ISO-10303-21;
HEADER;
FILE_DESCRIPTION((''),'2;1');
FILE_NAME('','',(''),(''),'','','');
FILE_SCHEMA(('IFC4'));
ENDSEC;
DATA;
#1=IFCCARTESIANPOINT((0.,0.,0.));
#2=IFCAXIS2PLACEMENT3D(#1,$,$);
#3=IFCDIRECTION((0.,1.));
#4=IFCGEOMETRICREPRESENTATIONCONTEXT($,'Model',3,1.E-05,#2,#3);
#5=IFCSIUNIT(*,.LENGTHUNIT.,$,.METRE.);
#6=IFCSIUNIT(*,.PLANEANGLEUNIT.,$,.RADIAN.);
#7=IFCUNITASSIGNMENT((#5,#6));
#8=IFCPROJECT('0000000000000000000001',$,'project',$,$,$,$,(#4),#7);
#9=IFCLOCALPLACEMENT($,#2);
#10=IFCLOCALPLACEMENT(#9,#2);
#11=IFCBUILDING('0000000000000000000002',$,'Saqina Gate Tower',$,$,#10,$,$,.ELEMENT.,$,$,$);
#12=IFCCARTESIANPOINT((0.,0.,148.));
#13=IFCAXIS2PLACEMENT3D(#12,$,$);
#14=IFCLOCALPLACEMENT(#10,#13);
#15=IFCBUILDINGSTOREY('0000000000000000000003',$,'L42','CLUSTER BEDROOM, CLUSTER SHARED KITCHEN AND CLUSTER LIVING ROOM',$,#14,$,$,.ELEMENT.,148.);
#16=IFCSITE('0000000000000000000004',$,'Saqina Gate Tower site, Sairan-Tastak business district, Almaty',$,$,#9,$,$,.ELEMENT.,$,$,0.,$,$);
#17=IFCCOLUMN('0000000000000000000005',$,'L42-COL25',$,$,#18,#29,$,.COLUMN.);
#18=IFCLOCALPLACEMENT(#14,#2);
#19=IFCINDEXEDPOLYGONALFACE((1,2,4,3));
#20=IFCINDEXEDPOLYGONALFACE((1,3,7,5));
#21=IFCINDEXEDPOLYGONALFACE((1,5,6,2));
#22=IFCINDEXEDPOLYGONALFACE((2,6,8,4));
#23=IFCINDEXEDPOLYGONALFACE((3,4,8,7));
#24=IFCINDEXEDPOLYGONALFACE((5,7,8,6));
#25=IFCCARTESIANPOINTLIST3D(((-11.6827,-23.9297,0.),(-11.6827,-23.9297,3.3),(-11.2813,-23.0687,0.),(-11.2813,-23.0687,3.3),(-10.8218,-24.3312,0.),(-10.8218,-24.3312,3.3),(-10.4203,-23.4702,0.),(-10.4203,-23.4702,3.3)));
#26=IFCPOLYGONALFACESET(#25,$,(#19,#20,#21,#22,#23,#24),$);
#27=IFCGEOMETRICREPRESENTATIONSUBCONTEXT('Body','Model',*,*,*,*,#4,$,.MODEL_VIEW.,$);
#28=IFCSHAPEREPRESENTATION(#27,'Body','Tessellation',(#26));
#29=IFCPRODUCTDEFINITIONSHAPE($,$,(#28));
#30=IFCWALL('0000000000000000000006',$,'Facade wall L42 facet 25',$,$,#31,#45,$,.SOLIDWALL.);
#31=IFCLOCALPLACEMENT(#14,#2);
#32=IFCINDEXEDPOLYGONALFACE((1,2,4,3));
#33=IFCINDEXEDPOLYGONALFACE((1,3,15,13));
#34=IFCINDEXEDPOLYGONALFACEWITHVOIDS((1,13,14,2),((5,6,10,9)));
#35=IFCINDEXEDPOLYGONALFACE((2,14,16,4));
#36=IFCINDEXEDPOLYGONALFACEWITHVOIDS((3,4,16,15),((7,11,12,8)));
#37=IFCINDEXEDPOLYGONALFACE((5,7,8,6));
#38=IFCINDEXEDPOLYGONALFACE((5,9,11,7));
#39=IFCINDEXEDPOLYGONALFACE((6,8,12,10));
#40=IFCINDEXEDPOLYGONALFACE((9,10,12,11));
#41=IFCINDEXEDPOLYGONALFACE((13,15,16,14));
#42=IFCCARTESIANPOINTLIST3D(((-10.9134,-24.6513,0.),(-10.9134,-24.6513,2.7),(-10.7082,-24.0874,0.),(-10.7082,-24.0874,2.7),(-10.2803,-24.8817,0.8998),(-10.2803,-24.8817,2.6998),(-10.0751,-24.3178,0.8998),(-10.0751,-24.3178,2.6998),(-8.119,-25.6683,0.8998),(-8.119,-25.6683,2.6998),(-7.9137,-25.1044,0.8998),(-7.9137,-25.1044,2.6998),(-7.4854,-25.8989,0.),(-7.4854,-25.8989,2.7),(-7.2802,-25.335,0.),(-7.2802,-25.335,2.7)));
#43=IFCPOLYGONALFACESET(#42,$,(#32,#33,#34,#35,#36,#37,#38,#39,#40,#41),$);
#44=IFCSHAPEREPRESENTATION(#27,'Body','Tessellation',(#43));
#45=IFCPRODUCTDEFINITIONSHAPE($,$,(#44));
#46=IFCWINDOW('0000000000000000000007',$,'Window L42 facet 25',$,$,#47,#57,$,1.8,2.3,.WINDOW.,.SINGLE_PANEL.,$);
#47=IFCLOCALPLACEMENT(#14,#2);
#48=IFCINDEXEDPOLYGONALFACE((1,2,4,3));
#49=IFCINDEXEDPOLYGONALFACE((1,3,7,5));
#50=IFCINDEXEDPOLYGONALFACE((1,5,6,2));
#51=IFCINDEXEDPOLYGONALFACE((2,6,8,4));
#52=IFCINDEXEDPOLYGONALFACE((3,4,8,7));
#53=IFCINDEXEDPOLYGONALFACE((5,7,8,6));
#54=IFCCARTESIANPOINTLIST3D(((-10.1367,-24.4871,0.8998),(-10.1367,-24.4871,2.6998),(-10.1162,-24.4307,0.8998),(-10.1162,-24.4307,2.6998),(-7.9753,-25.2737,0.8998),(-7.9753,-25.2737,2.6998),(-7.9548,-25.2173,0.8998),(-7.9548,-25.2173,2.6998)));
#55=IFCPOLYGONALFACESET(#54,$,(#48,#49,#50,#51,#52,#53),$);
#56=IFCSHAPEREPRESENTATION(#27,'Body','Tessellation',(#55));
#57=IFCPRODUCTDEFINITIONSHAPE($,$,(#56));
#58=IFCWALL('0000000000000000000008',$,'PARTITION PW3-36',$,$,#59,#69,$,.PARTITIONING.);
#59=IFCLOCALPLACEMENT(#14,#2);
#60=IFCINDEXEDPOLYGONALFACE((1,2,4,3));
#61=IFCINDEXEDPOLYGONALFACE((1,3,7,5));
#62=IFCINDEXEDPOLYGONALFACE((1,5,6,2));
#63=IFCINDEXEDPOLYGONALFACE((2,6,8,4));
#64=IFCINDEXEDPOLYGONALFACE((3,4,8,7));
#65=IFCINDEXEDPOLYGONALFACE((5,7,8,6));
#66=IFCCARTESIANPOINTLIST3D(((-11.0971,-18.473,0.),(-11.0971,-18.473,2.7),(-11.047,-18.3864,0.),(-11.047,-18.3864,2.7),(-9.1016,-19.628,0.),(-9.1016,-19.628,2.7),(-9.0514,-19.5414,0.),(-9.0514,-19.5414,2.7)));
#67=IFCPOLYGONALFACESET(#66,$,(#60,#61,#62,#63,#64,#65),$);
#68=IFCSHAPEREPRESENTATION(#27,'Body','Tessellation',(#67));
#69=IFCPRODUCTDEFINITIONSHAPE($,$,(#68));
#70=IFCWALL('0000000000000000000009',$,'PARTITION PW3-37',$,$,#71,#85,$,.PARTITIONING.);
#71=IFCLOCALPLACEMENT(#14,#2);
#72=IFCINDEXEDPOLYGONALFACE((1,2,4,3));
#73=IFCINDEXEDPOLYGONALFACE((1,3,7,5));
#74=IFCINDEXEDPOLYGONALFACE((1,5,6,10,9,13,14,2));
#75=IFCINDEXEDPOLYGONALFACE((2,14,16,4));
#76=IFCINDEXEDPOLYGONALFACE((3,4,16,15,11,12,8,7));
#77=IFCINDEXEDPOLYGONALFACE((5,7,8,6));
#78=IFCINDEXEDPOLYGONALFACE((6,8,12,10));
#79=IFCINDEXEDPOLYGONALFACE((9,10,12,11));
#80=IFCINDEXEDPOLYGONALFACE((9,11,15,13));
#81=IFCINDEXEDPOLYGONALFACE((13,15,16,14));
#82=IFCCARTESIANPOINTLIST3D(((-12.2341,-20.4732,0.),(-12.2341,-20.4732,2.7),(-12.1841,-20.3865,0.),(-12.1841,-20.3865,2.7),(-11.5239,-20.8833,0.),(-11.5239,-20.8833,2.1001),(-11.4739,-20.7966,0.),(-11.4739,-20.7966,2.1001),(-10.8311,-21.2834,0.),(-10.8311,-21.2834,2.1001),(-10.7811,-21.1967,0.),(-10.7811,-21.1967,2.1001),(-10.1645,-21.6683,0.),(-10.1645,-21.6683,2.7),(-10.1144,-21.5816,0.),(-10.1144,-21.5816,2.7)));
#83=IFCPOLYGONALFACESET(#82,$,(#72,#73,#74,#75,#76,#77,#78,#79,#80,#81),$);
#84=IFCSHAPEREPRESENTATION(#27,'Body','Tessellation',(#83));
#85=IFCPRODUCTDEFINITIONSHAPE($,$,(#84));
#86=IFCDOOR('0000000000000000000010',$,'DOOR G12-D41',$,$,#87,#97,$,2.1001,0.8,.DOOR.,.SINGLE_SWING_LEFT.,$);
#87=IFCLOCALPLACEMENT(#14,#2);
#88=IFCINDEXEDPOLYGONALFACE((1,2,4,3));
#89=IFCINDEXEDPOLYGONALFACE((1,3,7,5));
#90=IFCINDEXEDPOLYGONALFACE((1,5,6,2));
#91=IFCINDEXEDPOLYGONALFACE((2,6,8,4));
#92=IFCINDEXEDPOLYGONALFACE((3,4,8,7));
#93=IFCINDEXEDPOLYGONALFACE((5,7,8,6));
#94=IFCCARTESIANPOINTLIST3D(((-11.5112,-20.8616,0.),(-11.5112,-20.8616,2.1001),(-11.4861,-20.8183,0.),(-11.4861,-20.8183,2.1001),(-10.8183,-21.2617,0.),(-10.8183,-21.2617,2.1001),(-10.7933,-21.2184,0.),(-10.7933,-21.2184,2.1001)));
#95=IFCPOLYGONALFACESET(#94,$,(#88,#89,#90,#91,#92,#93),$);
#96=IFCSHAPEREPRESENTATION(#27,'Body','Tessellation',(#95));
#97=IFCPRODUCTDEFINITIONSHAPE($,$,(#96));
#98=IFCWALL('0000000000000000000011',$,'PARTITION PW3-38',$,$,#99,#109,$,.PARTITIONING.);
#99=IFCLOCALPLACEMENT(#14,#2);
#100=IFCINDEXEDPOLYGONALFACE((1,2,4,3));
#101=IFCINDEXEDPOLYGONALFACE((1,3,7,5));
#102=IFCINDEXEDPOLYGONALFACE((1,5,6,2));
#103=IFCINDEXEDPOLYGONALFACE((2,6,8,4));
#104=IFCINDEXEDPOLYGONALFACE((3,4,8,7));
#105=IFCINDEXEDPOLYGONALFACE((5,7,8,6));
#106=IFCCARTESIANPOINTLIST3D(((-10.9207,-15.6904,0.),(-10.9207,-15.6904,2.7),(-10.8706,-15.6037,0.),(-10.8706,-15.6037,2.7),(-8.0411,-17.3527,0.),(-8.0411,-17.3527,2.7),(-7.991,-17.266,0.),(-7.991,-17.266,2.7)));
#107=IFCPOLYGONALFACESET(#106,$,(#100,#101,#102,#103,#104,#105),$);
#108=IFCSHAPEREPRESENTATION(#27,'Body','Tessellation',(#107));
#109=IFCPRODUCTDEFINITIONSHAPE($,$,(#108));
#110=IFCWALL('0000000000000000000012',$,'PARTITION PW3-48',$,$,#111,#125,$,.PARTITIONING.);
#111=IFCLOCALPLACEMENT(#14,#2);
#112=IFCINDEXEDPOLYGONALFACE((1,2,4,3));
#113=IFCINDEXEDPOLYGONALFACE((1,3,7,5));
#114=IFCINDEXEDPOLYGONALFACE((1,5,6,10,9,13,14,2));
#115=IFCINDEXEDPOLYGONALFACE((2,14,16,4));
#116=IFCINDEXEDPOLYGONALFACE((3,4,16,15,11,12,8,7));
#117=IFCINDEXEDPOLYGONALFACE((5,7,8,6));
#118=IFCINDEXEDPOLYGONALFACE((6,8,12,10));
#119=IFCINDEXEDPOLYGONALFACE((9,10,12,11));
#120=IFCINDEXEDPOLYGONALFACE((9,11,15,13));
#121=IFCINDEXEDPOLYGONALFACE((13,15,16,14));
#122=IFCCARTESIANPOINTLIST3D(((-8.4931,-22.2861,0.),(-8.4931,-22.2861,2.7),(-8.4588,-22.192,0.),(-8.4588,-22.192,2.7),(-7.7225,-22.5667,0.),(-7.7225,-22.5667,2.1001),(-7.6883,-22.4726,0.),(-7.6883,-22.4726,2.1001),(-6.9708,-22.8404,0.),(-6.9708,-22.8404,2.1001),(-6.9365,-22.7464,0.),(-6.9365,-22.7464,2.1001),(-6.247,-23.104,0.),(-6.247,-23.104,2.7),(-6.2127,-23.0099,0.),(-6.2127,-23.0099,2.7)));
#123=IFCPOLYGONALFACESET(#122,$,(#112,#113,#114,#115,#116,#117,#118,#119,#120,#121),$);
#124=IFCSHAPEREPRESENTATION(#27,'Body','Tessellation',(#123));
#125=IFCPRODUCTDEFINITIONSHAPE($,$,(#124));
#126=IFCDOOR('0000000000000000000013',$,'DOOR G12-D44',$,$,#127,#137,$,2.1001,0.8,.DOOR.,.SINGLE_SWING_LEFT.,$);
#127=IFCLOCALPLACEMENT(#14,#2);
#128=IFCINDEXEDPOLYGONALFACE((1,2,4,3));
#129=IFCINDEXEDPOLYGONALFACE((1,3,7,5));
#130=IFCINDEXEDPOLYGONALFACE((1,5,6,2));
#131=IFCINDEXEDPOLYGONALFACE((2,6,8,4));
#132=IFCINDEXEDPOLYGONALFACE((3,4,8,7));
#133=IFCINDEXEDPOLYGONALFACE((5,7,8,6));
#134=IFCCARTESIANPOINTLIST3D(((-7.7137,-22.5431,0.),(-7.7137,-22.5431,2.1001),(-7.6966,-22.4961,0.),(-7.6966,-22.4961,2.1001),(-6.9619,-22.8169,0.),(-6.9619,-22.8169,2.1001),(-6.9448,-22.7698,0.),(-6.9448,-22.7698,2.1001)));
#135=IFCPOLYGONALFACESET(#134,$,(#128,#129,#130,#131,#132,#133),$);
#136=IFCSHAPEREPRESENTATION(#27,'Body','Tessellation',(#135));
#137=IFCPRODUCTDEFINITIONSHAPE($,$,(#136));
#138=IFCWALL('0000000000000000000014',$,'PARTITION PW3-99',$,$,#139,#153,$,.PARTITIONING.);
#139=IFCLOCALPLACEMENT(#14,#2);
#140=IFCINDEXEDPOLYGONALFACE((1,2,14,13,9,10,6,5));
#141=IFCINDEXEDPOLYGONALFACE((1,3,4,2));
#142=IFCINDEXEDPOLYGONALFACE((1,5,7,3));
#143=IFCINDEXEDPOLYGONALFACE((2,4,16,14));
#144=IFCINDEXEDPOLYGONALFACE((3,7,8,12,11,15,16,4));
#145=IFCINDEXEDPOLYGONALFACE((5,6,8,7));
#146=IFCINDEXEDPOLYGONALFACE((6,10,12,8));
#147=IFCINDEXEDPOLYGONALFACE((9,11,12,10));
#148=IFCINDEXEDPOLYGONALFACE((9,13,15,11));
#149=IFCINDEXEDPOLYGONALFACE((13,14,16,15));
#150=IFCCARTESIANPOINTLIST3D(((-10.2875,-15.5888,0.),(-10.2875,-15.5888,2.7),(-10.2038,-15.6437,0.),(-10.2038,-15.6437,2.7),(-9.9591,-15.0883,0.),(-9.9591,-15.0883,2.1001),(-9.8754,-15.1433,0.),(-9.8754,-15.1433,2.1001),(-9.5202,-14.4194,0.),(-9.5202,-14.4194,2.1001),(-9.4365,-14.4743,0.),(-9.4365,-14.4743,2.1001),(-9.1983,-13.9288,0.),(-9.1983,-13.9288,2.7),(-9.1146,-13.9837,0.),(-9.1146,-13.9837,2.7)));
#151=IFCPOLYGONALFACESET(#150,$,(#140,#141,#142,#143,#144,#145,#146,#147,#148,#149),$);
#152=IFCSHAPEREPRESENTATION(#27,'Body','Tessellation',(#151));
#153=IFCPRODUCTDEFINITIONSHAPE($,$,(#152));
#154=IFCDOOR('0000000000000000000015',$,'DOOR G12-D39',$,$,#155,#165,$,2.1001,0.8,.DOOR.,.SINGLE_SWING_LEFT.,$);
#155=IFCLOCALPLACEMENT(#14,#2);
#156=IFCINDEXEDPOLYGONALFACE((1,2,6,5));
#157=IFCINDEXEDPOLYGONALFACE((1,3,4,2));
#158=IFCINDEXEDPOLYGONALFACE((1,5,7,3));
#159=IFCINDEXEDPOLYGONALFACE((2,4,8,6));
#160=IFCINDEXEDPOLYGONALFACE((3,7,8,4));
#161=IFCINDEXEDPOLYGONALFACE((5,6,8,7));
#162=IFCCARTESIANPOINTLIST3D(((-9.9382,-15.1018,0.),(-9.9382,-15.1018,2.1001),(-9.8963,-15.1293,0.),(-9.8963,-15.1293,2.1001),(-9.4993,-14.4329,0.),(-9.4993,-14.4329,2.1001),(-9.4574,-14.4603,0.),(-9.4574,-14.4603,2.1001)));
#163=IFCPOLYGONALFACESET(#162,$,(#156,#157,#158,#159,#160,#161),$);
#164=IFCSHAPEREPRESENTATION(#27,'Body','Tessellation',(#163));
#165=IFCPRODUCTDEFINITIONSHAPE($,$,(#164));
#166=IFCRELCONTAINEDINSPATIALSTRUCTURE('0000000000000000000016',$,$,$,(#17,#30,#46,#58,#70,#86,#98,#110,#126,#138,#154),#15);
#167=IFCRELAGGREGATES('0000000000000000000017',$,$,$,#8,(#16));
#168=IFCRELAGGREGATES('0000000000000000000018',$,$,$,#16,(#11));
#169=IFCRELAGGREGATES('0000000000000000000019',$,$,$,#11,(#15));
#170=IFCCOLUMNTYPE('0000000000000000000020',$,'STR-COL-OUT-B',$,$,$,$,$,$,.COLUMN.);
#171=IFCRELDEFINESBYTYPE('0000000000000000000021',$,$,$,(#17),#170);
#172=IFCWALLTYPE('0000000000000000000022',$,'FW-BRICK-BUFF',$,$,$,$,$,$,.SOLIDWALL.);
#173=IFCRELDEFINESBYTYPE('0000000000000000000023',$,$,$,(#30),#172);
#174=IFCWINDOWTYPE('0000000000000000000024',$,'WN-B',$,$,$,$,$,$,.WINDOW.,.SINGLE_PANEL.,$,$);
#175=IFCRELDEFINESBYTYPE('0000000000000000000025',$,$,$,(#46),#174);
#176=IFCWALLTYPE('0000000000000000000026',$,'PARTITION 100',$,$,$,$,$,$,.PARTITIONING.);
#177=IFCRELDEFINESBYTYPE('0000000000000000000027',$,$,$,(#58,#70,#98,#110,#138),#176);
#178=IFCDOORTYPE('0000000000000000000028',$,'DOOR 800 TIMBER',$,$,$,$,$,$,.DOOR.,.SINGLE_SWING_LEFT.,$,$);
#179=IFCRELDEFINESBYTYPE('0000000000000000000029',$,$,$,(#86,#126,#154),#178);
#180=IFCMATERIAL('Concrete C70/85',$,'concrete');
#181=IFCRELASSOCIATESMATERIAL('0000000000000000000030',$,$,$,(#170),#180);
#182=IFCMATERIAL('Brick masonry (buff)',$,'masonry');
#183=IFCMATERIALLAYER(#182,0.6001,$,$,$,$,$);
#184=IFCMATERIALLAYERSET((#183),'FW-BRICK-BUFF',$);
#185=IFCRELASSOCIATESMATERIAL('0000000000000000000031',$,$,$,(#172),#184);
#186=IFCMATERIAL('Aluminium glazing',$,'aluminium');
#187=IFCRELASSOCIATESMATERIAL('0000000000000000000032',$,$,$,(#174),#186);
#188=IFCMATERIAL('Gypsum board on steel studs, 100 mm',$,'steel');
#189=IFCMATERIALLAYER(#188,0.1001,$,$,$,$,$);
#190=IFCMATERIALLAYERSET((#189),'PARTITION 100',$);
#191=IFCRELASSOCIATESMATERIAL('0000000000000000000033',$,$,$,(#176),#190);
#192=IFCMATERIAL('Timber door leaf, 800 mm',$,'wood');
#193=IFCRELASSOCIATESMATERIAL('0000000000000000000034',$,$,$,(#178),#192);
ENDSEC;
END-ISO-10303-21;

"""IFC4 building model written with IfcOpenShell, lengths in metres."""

from ifc_helpers import new_model, si_unit, direction, frame, frame_2d, origin, origin_2d, place, context, subcontext, project, spatial, rectangle, extrude, material, layer, layer_set, material_profile, profile_set, type_object, element, fill, save


model = new_model("IFC4")

# Units and contexts
model_context = context("Model", 3, precision=1e-05, world=origin(), true_north=direction((0.0, 1.0)))
body_context = subcontext(model_context, "Body", "Model", "MODEL_VIEW")
ifc_project = project(units=[si_unit("LENGTHUNIT", "METRE"), si_unit("PLANEANGLEUNIT", "RADIAN")], contexts=[model_context])

# Site, building, storey
site_placement = place(None, origin())
site = spatial("IfcSite", under=ifc_project, at=site_placement, Name="Saqina Gate Tower site, Sairan-Tastak business district, Almaty", CompositionType="ELEMENT", RefElevation=0.0)
building_placement = place(site_placement, origin())
building = spatial("IfcBuilding", under=site, at=building_placement, Name="Saqina Gate Tower", CompositionType="ELEMENT")
storey_placement = place(building_placement, frame((0.0, 0.0, 148.0)))
storey = spatial("IfcBuildingStorey", under=building, at=storey_placement, Name="L42", Description="CLUSTER BEDROOM, CLUSTER SHARED KITCHEN AND CLUSTER LIVING ROOM", CompositionType="ELEMENT", Elevation=148.0)

# Column
ifc_material_1 = material(Name="Concrete C70/85", Category="concrete")
ifc_material_profile = material_profile(ifc_material_1, rectangle(XDim=0.95, YDim=0.95, at=origin_2d()), Name="RC 950x950")
ifc_profile_set = profile_set([ifc_material_profile], Name="Concrete C70/85")
column_type = type_object("IfcColumnType", Name="STR-COL-OUT-B", PredefinedType="COLUMN", material=ifc_profile_set)
column_placement = place(storey_placement, frame((-11.0515, -23.7, 0.0), z_axis=(0.0, 0.0, 1.0), x_axis=(-0.422618, -0.906308, 0.0)))
element("IfcColumn", 1, at=column_placement, inside=storey, type_object=column_type, Name="L42-COL25", PredefinedType="COLUMN", context=body_context, shape_type="SweptSolid", body=[
    extrude(rectangle(XDim=0.95, YDim=0.95, at=origin_2d()), origin(), (0.0, 0.0, 1.0), 3.3),
])

# Wall, opening, window
ifc_material_2 = material(Name="Brick masonry (buff)", Category="masonry")
ifc_layer_1 = layer(ifc_material_2, 0.6001)
ifc_layer_set_1 = layer_set([ifc_layer_1], Name="FW-BRICK-BUFF")
wall_type_1 = type_object("IfcWallType", Name="FW-BRICK-BUFF", PredefinedType="SOLIDWALL", material=ifc_layer_set_1)
wall_1_placement = place(storey_placement, frame((-10.8108, -24.3694, 0.0), z_axis=(0.0, 0.0, 1.0), x_axis=(0.939704, -0.34199, 0.0)))
wall_1 = element("IfcWall", 2, at=wall_1_placement, inside=storey, type_object=wall_type_1, Name="Facade wall L42 facet 25", PredefinedType="SOLIDWALL", context=body_context, shape_type="SweptSolid", body=[
    extrude(rectangle(XDim=3.6479, YDim=0.6001, at=frame_2d((1.824, 0.0))), origin(), (0.0, 0.0, 1.0), 2.7),
])
opening_1_placement = place(wall_1_placement, frame((0.6738, 0.0, 0.8999)))
opening_1 = element("IfcOpeningElement", 3, at=opening_1_placement, cuts=wall_1, PredefinedType="OPENING", context=body_context, shape_type="SweptSolid", body=[
    extrude(rectangle(XDim=2.3, YDim=1.8, at=frame_2d((1.1499, 0.8999))), frame((0.0, 0.312, 0.0), z_axis=(0.0, -1.0, 0.0), x_axis=(1.0, 0.0, 0.0)), (0.0, 0.0, 1.0), 0.624),
])
ifc_material_3 = material(Name="Aluminium glazing", Category="aluminium")
window_type = type_object("IfcWindowType", Name="WN-B", PartitioningType="SINGLE_PANEL", PredefinedType="WINDOW", material=ifc_material_3)
window_placement = place(opening_1_placement, origin())
window = element("IfcWindow", 4, at=window_placement, inside=storey, type_object=window_type, Name="Window L42 facet 25", OverallHeight=1.8, OverallWidth=2.3, PartitioningType="SINGLE_PANEL", PredefinedType="WINDOW", context=body_context, shape_type="SweptSolid", body=[
    extrude(rectangle(XDim=2.3, YDim=1.8, at=frame_2d((1.1499, 0.8999))), frame((0.0, 0.1799, 0.0), z_axis=(0.0, -1.0, 0.0), x_axis=(1.0, 0.0, 0.0)), (0.0, 0.0, 1.0), 0.0601),
])
fill(opening_1, window)

# Wall
ifc_material_4 = material(Name="Gypsum board on steel studs, 100 mm", Category="steel")
ifc_layer_2 = layer(ifc_material_4, 0.1001)
ifc_layer_set_2 = layer_set([ifc_layer_2], Name="PARTITION 100")
wall_type_2 = type_object("IfcWallType", Name="PARTITION 100", PredefinedType="PARTITIONING", material=ifc_layer_set_2)
wall_2_placement = place(storey_placement, frame((-11.072, -18.4297, 0.0), z_axis=(0.0, 0.0, 1.0), x_axis=(0.865487, -0.500932, 0.0)))
element("IfcWall", 5, at=wall_2_placement, inside=storey, type_object=wall_type_2, Name="PARTITION PW3-36", PredefinedType="PARTITIONING", context=body_context, shape_type="SweptSolid", body=[
    extrude(rectangle(XDim=2.3057, YDim=0.1001, at=frame_2d((1.1528, 0.0))), origin(), (0.0, 0.0, 1.0), 2.7),
])

# Wall, opening, door
wall_3_placement = place(storey_placement, frame((-12.209, -20.4299, 0.0), z_axis=(0.0, 0.0, 1.0), x_axis=(0.86599, -0.500061, 0.0)))
wall_3 = element("IfcWall", 6, at=wall_3_placement, inside=storey, type_object=wall_type_2, Name="PARTITION PW3-37", PredefinedType="PARTITIONING", context=body_context, shape_type="SweptSolid", body=[
    extrude(rectangle(XDim=2.3899, YDim=0.1001, at=frame_2d((1.1948, 0.0))), origin(), (0.0, 0.0, 1.0), 2.7),
])
opening_2_placement = place(wall_3_placement, frame((0.8201, 0.0, 0.0)))
opening_2 = element("IfcOpeningElement", 7, at=opening_2_placement, cuts=wall_3, PredefinedType="OPENING", context=body_context, shape_type="SweptSolid", body=[
    extrude(rectangle(XDim=0.8, YDim=2.1001, at=frame_2d((0.3999, 1.05))), frame((0.0, 0.062, 0.0), z_axis=(0.0, -1.0, 0.0), x_axis=(1.0, 0.0, 0.0)), (0.0, 0.0, 1.0), 0.124),
])
ifc_material_5 = material(Name="Timber door leaf, 800 mm", Category="wood")
door_type_1 = type_object("IfcDoorType", Name="DOOR 800 TIMBER", OperationType="SINGLE_SWING_LEFT", PredefinedType="DOOR", material=ifc_material_5)
door_1_placement = place(opening_2_placement, frame((0.8, 0.0, 0.0), z_axis=(0.0, 0.0, 1.0), x_axis=(-1.0, 0.0, 0.0)))
door_1 = element("IfcDoor", 8, at=door_1_placement, inside=storey, type_object=door_type_1, Name="DOOR G12-D41", OperationType="SINGLE_SWING_LEFT", OverallHeight=2.1001, OverallWidth=0.8, PredefinedType="DOOR", context=body_context, shape_type="SweptSolid", body=[
    extrude(rectangle(XDim=0.8, YDim=2.1001, at=frame_2d((0.3999, 1.05))), frame((0.0, 0.0249, 0.0), z_axis=(0.0, -1.0, 0.0), x_axis=(1.0, 0.0, 0.0)), (0.0, 0.0, 1.0), 0.05),
])
fill(opening_2, door_1)

# Wall
wall_4_placement = place(storey_placement, frame((-10.8958, -15.647, 0.0), z_axis=(0.0, 0.0, 1.0), x_axis=(0.866052, -0.499953, 0.0)))
element("IfcWall", 9, at=wall_4_placement, inside=storey, type_object=wall_type_2, Name="PARTITION PW3-38", PredefinedType="PARTITIONING", context=body_context, shape_type="SweptSolid", body=[
    extrude(rectangle(XDim=3.325, YDim=0.1001, at=frame_2d((1.6626, 0.0))), origin(), (0.0, 0.0, 1.0), 2.7),
])

# Walls, openings, doors
wall_5_placement = place(storey_placement, frame((-8.4761, -22.239, 0.0), z_axis=(0.0, 0.0, 1.0), x_axis=(0.939644, -0.342153, 0.0)))
wall_5 = element("IfcWall", 10, at=wall_5_placement, inside=storey, type_object=wall_type_2, Name="PARTITION PW3-48", PredefinedType="PARTITIONING", context=body_context, shape_type="SweptSolid", body=[
    extrude(rectangle(XDim=2.3904, YDim=0.1001, at=frame_2d((1.1953, 0.0))), origin(), (0.0, 0.0, 1.0), 2.7),
])
opening_3_placement = place(wall_5_placement, frame((0.8203, 0.0, 0.0)))
opening_3 = element("IfcOpeningElement", 11, at=opening_3_placement, cuts=wall_5, PredefinedType="OPENING", context=body_context, shape_type="SweptSolid", body=[
    extrude(rectangle(XDim=0.8, YDim=2.1001, at=frame_2d((0.3999, 1.05))), frame((0.0, 0.062, 0.0), z_axis=(0.0, -1.0, 0.0), x_axis=(1.0, 0.0, 0.0)), (0.0, 0.0, 1.0), 0.124),
])
door_2_placement = place(opening_3_placement, frame((0.8, 0.0, 0.0), z_axis=(0.0, 0.0, 1.0), x_axis=(-1.0, 0.0, 0.0)))
door_2 = element("IfcDoor", 12, at=door_2_placement, inside=storey, type_object=door_type_1, Name="DOOR G12-D44", OperationType="SINGLE_SWING_LEFT", OverallHeight=2.1001, OverallWidth=0.8, PredefinedType="DOOR", context=body_context, shape_type="SweptSolid", body=[
    extrude(rectangle(XDim=0.8, YDim=2.1001, at=frame_2d((0.3999, 1.05))), frame((0.0, 0.0249, 0.0), z_axis=(0.0, -1.0, 0.0), x_axis=(1.0, 0.0, 0.0)), (0.0, 0.0, 1.0), 0.05),
])
fill(opening_3, door_2)
wall_6_placement = place(storey_placement, frame((-10.2456, -15.6162, 0.0), z_axis=(0.0, 0.0, 1.0), x_axis=(0.548584, 0.836096, 0.0)))
wall_6 = element("IfcWall", 13, at=wall_6_placement, inside=storey, type_object=wall_type_2, Name="PARTITION PW3-99", PredefinedType="PARTITIONING", context=body_context, shape_type="SweptSolid", body=[
    extrude(rectangle(XDim=1.9854, YDim=0.1001, at=frame_2d((0.9927, 0.0))), origin(), (0.0, 0.0, 1.0), 2.7),
])
opening_4_placement = place(wall_6_placement, frame((0.5986, 0.0, 0.0)))
opening_4 = element("IfcOpeningElement", 14, at=opening_4_placement, cuts=wall_6, PredefinedType="OPENING", context=body_context, shape_type="SweptSolid", body=[
    extrude(rectangle(XDim=0.8, YDim=2.1001, at=frame_2d((0.3999, 1.05))), frame((0.0, 0.062, 0.0), z_axis=(0.0, -1.0, 0.0), x_axis=(1.0, 0.0, 0.0)), (0.0, 0.0, 1.0), 0.124),
])
door_3_placement = place(opening_4_placement, frame((0.8, 0.0, 0.0), z_axis=(0.0, 0.0, 1.0), x_axis=(-1.0, 0.0, 0.0)))
door_3 = element("IfcDoor", 15, at=door_3_placement, inside=storey, type_object=door_type_1, Name="DOOR G12-D39", OperationType="SINGLE_SWING_LEFT", OverallHeight=2.1001, OverallWidth=0.8, PredefinedType="DOOR", context=body_context, shape_type="SweptSolid", body=[
    extrude(rectangle(XDim=0.8, YDim=2.1001, at=frame_2d((0.3999, 1.05))), frame((0.0, 0.0249, 0.0), z_axis=(0.0, -1.0, 0.0), x_axis=(1.0, 0.0, 0.0)), (0.0, 0.0, 1.0), 0.05),
])
fill(opening_4, door_3)

save(model, "model.ifc")
